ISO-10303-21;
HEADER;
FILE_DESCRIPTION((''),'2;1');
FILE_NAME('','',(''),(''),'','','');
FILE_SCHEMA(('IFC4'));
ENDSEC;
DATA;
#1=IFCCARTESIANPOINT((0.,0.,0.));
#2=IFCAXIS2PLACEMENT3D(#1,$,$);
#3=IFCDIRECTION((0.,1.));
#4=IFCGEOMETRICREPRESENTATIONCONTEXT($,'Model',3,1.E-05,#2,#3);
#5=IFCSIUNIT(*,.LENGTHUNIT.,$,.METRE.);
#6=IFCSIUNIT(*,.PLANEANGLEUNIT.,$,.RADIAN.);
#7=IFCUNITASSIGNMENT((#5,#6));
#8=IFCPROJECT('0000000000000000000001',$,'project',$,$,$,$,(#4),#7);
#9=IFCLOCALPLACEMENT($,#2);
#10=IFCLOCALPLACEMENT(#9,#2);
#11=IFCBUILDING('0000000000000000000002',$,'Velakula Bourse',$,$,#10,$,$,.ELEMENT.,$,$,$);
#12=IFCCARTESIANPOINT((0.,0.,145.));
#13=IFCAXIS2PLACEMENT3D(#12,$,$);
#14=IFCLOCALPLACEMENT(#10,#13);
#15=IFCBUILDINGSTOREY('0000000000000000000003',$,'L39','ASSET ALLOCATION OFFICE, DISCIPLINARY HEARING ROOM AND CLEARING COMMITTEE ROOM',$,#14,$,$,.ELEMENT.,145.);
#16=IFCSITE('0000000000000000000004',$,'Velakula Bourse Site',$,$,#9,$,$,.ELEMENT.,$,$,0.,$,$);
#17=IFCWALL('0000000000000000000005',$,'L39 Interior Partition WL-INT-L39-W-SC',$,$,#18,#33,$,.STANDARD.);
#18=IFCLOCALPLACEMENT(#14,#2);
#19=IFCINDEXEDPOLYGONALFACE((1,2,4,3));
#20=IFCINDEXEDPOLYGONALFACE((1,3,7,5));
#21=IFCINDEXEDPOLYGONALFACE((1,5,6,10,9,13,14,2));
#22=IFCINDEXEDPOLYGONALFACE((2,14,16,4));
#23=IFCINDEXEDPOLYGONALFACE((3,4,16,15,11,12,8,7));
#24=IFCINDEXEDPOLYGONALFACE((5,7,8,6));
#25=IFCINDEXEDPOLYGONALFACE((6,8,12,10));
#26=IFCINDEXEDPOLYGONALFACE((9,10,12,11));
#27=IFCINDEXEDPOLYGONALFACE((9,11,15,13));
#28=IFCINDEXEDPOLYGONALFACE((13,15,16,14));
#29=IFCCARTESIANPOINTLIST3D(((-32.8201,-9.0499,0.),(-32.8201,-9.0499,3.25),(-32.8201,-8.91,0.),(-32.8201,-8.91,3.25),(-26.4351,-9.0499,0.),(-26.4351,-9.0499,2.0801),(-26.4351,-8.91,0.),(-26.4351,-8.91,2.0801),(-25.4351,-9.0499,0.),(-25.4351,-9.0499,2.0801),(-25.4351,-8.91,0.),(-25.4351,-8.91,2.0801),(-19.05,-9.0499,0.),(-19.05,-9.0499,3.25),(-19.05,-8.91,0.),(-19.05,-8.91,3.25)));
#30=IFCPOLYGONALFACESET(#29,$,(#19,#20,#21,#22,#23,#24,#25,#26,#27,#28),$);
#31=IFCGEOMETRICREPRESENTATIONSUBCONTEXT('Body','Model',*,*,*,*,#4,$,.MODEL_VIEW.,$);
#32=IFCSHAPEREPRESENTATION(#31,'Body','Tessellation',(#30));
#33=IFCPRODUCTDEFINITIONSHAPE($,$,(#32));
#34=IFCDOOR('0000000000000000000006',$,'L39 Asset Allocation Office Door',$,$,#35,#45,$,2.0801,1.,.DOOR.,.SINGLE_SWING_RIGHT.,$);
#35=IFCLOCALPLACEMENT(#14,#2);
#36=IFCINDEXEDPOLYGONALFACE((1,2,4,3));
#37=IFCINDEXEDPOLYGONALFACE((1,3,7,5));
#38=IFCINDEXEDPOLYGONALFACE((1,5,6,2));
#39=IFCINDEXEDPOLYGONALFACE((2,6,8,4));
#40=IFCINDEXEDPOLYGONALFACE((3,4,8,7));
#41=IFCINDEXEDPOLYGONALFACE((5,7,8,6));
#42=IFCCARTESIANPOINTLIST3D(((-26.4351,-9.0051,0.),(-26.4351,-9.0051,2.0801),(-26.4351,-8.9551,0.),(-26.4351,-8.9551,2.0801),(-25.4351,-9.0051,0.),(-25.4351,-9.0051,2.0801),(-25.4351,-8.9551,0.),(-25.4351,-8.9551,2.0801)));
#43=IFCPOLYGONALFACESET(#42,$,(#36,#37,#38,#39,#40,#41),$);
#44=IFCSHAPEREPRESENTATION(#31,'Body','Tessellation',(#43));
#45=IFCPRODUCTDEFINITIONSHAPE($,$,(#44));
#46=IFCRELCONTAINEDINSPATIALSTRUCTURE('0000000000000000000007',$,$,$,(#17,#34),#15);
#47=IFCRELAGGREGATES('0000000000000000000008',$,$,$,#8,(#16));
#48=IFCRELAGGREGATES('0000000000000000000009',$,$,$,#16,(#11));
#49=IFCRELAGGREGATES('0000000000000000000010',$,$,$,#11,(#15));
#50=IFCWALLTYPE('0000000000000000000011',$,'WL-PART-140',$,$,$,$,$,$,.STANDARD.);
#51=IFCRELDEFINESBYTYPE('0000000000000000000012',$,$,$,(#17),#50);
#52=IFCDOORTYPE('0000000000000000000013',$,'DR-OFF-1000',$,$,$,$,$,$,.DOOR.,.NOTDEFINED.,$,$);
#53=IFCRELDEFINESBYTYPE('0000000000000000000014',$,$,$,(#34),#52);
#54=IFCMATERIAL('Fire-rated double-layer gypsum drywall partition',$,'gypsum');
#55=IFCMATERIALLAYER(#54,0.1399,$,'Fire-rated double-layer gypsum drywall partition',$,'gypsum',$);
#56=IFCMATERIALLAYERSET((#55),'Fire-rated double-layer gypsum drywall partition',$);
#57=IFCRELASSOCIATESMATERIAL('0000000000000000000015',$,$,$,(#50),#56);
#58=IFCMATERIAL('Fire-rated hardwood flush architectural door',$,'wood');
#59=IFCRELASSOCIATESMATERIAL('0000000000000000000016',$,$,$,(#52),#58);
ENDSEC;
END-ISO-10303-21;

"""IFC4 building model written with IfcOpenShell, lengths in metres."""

from ifc_helpers import new_model, si_unit, direction, frame, frame_2d, origin, place, context, subcontext, project, spatial, rectangle, extrude, material, layer, layer_set, type_object, element, fill, save


model = new_model("IFC4")

# Units and contexts
model_context = context("Model", 3, precision=1e-05, world=origin(), true_north=direction((0.0, 1.0)))
body_context = subcontext(model_context, "Body", "Model", "MODEL_VIEW")
ifc_project = project(units=[si_unit("LENGTHUNIT", "METRE"), si_unit("PLANEANGLEUNIT", "RADIAN")], contexts=[model_context])

# Site, building, storey
site_placement = place(None, origin())
site = spatial("IfcSite", under=ifc_project, at=site_placement, Name="Velakula Bourse Site", CompositionType="ELEMENT", RefElevation=0.0)
building_placement = place(site_placement, origin())
building = spatial("IfcBuilding", under=site, at=building_placement, Name="Velakula Bourse", CompositionType="ELEMENT")
storey_placement = place(building_placement, frame((0.0, 0.0, 145.0)))
storey = spatial("IfcBuildingStorey", under=building, at=storey_placement, Name="L39", Description="ASSET ALLOCATION OFFICE, DISCIPLINARY HEARING ROOM AND CLEARING COMMITTEE ROOM", CompositionType="ELEMENT", Elevation=145.0)

# Shared definitions
ifc_material_1 = material(Name="Fire-rated double-layer gypsum drywall partition", Category="gypsum")

# Shared definitions
ifc_layer_1 = layer(ifc_material_1, 0.1399, Name="Fire-rated double-layer gypsum drywall partition", Category="gypsum")
ifc_layer_set_1 = layer_set([ifc_layer_1], Name="Fire-rated double-layer gypsum drywall partition")
wall_type_1 = type_object("IfcWallType", Name="WL-PART-140", PredefinedType="STANDARD", material=ifc_layer_set_1)
ifc_material_2 = material(Name="Fire-rated hardwood flush architectural door", Category="wood")
door_type_1 = type_object("IfcDoorType", Name="DR-OFF-1000", OperationType="NOTDEFINED", PredefinedType="DOOR", material=ifc_material_2)

# Wall, opening, door
wall_1_placement = place(storey_placement, frame((-32.8201, -8.98, 0.0), z_axis=(0.0, 0.0, 1.0), x_axis=(1.0, 0.0, 0.0)))
wall_1 = element("IfcWall", 1, at=wall_1_placement, inside=storey, type_object=wall_type_1, Name="L39 Interior Partition WL-INT-L39-W-SC", PredefinedType="STANDARD", context=body_context, shape_type="SweptSolid", body=[
    extrude(rectangle(XDim=13.77, YDim=0.1399, at=frame_2d((6.885, 0.0))), origin(), (0.0, 0.0, 1.0), 3.25),
])
opening_1_placement = place(wall_1_placement, frame((6.385, 0.0, 0.0)))
opening_1 = element("IfcOpeningElement", 2, at=opening_1_placement, cuts=wall_1, PredefinedType="OPENING", context=body_context, shape_type="SweptSolid", body=[
    extrude(rectangle(XDim=1.0, YDim=2.0801, at=frame_2d((0.5, 1.04))), frame((0.0, 0.0798, 0.0), z_axis=(0.0, -1.0, 0.0), x_axis=(1.0, 0.0, 0.0)), (0.0, 0.0, 1.0), 0.1599),
])
door_1_placement = place(opening_1_placement, origin())
door_1 = element("IfcDoor", 3, at=door_1_placement, inside=storey, type_object=door_type_1, Name="L39 Asset Allocation Office Door", OperationType="SINGLE_SWING_RIGHT", OverallHeight=2.0801, OverallWidth=1.0, PredefinedType="DOOR", context=body_context, shape_type="SweptSolid", body=[
    extrude(rectangle(XDim=1.0, YDim=2.0801, at=frame_2d((0.5, 1.04))), frame((0.0, 0.0249, 0.0), z_axis=(0.0, -1.0, 0.0), x_axis=(1.0, 0.0, 0.0)), (0.0, 0.0, 1.0), 0.05),
])
fill(opening_1, door_1)

save(model, "model.ifc")
